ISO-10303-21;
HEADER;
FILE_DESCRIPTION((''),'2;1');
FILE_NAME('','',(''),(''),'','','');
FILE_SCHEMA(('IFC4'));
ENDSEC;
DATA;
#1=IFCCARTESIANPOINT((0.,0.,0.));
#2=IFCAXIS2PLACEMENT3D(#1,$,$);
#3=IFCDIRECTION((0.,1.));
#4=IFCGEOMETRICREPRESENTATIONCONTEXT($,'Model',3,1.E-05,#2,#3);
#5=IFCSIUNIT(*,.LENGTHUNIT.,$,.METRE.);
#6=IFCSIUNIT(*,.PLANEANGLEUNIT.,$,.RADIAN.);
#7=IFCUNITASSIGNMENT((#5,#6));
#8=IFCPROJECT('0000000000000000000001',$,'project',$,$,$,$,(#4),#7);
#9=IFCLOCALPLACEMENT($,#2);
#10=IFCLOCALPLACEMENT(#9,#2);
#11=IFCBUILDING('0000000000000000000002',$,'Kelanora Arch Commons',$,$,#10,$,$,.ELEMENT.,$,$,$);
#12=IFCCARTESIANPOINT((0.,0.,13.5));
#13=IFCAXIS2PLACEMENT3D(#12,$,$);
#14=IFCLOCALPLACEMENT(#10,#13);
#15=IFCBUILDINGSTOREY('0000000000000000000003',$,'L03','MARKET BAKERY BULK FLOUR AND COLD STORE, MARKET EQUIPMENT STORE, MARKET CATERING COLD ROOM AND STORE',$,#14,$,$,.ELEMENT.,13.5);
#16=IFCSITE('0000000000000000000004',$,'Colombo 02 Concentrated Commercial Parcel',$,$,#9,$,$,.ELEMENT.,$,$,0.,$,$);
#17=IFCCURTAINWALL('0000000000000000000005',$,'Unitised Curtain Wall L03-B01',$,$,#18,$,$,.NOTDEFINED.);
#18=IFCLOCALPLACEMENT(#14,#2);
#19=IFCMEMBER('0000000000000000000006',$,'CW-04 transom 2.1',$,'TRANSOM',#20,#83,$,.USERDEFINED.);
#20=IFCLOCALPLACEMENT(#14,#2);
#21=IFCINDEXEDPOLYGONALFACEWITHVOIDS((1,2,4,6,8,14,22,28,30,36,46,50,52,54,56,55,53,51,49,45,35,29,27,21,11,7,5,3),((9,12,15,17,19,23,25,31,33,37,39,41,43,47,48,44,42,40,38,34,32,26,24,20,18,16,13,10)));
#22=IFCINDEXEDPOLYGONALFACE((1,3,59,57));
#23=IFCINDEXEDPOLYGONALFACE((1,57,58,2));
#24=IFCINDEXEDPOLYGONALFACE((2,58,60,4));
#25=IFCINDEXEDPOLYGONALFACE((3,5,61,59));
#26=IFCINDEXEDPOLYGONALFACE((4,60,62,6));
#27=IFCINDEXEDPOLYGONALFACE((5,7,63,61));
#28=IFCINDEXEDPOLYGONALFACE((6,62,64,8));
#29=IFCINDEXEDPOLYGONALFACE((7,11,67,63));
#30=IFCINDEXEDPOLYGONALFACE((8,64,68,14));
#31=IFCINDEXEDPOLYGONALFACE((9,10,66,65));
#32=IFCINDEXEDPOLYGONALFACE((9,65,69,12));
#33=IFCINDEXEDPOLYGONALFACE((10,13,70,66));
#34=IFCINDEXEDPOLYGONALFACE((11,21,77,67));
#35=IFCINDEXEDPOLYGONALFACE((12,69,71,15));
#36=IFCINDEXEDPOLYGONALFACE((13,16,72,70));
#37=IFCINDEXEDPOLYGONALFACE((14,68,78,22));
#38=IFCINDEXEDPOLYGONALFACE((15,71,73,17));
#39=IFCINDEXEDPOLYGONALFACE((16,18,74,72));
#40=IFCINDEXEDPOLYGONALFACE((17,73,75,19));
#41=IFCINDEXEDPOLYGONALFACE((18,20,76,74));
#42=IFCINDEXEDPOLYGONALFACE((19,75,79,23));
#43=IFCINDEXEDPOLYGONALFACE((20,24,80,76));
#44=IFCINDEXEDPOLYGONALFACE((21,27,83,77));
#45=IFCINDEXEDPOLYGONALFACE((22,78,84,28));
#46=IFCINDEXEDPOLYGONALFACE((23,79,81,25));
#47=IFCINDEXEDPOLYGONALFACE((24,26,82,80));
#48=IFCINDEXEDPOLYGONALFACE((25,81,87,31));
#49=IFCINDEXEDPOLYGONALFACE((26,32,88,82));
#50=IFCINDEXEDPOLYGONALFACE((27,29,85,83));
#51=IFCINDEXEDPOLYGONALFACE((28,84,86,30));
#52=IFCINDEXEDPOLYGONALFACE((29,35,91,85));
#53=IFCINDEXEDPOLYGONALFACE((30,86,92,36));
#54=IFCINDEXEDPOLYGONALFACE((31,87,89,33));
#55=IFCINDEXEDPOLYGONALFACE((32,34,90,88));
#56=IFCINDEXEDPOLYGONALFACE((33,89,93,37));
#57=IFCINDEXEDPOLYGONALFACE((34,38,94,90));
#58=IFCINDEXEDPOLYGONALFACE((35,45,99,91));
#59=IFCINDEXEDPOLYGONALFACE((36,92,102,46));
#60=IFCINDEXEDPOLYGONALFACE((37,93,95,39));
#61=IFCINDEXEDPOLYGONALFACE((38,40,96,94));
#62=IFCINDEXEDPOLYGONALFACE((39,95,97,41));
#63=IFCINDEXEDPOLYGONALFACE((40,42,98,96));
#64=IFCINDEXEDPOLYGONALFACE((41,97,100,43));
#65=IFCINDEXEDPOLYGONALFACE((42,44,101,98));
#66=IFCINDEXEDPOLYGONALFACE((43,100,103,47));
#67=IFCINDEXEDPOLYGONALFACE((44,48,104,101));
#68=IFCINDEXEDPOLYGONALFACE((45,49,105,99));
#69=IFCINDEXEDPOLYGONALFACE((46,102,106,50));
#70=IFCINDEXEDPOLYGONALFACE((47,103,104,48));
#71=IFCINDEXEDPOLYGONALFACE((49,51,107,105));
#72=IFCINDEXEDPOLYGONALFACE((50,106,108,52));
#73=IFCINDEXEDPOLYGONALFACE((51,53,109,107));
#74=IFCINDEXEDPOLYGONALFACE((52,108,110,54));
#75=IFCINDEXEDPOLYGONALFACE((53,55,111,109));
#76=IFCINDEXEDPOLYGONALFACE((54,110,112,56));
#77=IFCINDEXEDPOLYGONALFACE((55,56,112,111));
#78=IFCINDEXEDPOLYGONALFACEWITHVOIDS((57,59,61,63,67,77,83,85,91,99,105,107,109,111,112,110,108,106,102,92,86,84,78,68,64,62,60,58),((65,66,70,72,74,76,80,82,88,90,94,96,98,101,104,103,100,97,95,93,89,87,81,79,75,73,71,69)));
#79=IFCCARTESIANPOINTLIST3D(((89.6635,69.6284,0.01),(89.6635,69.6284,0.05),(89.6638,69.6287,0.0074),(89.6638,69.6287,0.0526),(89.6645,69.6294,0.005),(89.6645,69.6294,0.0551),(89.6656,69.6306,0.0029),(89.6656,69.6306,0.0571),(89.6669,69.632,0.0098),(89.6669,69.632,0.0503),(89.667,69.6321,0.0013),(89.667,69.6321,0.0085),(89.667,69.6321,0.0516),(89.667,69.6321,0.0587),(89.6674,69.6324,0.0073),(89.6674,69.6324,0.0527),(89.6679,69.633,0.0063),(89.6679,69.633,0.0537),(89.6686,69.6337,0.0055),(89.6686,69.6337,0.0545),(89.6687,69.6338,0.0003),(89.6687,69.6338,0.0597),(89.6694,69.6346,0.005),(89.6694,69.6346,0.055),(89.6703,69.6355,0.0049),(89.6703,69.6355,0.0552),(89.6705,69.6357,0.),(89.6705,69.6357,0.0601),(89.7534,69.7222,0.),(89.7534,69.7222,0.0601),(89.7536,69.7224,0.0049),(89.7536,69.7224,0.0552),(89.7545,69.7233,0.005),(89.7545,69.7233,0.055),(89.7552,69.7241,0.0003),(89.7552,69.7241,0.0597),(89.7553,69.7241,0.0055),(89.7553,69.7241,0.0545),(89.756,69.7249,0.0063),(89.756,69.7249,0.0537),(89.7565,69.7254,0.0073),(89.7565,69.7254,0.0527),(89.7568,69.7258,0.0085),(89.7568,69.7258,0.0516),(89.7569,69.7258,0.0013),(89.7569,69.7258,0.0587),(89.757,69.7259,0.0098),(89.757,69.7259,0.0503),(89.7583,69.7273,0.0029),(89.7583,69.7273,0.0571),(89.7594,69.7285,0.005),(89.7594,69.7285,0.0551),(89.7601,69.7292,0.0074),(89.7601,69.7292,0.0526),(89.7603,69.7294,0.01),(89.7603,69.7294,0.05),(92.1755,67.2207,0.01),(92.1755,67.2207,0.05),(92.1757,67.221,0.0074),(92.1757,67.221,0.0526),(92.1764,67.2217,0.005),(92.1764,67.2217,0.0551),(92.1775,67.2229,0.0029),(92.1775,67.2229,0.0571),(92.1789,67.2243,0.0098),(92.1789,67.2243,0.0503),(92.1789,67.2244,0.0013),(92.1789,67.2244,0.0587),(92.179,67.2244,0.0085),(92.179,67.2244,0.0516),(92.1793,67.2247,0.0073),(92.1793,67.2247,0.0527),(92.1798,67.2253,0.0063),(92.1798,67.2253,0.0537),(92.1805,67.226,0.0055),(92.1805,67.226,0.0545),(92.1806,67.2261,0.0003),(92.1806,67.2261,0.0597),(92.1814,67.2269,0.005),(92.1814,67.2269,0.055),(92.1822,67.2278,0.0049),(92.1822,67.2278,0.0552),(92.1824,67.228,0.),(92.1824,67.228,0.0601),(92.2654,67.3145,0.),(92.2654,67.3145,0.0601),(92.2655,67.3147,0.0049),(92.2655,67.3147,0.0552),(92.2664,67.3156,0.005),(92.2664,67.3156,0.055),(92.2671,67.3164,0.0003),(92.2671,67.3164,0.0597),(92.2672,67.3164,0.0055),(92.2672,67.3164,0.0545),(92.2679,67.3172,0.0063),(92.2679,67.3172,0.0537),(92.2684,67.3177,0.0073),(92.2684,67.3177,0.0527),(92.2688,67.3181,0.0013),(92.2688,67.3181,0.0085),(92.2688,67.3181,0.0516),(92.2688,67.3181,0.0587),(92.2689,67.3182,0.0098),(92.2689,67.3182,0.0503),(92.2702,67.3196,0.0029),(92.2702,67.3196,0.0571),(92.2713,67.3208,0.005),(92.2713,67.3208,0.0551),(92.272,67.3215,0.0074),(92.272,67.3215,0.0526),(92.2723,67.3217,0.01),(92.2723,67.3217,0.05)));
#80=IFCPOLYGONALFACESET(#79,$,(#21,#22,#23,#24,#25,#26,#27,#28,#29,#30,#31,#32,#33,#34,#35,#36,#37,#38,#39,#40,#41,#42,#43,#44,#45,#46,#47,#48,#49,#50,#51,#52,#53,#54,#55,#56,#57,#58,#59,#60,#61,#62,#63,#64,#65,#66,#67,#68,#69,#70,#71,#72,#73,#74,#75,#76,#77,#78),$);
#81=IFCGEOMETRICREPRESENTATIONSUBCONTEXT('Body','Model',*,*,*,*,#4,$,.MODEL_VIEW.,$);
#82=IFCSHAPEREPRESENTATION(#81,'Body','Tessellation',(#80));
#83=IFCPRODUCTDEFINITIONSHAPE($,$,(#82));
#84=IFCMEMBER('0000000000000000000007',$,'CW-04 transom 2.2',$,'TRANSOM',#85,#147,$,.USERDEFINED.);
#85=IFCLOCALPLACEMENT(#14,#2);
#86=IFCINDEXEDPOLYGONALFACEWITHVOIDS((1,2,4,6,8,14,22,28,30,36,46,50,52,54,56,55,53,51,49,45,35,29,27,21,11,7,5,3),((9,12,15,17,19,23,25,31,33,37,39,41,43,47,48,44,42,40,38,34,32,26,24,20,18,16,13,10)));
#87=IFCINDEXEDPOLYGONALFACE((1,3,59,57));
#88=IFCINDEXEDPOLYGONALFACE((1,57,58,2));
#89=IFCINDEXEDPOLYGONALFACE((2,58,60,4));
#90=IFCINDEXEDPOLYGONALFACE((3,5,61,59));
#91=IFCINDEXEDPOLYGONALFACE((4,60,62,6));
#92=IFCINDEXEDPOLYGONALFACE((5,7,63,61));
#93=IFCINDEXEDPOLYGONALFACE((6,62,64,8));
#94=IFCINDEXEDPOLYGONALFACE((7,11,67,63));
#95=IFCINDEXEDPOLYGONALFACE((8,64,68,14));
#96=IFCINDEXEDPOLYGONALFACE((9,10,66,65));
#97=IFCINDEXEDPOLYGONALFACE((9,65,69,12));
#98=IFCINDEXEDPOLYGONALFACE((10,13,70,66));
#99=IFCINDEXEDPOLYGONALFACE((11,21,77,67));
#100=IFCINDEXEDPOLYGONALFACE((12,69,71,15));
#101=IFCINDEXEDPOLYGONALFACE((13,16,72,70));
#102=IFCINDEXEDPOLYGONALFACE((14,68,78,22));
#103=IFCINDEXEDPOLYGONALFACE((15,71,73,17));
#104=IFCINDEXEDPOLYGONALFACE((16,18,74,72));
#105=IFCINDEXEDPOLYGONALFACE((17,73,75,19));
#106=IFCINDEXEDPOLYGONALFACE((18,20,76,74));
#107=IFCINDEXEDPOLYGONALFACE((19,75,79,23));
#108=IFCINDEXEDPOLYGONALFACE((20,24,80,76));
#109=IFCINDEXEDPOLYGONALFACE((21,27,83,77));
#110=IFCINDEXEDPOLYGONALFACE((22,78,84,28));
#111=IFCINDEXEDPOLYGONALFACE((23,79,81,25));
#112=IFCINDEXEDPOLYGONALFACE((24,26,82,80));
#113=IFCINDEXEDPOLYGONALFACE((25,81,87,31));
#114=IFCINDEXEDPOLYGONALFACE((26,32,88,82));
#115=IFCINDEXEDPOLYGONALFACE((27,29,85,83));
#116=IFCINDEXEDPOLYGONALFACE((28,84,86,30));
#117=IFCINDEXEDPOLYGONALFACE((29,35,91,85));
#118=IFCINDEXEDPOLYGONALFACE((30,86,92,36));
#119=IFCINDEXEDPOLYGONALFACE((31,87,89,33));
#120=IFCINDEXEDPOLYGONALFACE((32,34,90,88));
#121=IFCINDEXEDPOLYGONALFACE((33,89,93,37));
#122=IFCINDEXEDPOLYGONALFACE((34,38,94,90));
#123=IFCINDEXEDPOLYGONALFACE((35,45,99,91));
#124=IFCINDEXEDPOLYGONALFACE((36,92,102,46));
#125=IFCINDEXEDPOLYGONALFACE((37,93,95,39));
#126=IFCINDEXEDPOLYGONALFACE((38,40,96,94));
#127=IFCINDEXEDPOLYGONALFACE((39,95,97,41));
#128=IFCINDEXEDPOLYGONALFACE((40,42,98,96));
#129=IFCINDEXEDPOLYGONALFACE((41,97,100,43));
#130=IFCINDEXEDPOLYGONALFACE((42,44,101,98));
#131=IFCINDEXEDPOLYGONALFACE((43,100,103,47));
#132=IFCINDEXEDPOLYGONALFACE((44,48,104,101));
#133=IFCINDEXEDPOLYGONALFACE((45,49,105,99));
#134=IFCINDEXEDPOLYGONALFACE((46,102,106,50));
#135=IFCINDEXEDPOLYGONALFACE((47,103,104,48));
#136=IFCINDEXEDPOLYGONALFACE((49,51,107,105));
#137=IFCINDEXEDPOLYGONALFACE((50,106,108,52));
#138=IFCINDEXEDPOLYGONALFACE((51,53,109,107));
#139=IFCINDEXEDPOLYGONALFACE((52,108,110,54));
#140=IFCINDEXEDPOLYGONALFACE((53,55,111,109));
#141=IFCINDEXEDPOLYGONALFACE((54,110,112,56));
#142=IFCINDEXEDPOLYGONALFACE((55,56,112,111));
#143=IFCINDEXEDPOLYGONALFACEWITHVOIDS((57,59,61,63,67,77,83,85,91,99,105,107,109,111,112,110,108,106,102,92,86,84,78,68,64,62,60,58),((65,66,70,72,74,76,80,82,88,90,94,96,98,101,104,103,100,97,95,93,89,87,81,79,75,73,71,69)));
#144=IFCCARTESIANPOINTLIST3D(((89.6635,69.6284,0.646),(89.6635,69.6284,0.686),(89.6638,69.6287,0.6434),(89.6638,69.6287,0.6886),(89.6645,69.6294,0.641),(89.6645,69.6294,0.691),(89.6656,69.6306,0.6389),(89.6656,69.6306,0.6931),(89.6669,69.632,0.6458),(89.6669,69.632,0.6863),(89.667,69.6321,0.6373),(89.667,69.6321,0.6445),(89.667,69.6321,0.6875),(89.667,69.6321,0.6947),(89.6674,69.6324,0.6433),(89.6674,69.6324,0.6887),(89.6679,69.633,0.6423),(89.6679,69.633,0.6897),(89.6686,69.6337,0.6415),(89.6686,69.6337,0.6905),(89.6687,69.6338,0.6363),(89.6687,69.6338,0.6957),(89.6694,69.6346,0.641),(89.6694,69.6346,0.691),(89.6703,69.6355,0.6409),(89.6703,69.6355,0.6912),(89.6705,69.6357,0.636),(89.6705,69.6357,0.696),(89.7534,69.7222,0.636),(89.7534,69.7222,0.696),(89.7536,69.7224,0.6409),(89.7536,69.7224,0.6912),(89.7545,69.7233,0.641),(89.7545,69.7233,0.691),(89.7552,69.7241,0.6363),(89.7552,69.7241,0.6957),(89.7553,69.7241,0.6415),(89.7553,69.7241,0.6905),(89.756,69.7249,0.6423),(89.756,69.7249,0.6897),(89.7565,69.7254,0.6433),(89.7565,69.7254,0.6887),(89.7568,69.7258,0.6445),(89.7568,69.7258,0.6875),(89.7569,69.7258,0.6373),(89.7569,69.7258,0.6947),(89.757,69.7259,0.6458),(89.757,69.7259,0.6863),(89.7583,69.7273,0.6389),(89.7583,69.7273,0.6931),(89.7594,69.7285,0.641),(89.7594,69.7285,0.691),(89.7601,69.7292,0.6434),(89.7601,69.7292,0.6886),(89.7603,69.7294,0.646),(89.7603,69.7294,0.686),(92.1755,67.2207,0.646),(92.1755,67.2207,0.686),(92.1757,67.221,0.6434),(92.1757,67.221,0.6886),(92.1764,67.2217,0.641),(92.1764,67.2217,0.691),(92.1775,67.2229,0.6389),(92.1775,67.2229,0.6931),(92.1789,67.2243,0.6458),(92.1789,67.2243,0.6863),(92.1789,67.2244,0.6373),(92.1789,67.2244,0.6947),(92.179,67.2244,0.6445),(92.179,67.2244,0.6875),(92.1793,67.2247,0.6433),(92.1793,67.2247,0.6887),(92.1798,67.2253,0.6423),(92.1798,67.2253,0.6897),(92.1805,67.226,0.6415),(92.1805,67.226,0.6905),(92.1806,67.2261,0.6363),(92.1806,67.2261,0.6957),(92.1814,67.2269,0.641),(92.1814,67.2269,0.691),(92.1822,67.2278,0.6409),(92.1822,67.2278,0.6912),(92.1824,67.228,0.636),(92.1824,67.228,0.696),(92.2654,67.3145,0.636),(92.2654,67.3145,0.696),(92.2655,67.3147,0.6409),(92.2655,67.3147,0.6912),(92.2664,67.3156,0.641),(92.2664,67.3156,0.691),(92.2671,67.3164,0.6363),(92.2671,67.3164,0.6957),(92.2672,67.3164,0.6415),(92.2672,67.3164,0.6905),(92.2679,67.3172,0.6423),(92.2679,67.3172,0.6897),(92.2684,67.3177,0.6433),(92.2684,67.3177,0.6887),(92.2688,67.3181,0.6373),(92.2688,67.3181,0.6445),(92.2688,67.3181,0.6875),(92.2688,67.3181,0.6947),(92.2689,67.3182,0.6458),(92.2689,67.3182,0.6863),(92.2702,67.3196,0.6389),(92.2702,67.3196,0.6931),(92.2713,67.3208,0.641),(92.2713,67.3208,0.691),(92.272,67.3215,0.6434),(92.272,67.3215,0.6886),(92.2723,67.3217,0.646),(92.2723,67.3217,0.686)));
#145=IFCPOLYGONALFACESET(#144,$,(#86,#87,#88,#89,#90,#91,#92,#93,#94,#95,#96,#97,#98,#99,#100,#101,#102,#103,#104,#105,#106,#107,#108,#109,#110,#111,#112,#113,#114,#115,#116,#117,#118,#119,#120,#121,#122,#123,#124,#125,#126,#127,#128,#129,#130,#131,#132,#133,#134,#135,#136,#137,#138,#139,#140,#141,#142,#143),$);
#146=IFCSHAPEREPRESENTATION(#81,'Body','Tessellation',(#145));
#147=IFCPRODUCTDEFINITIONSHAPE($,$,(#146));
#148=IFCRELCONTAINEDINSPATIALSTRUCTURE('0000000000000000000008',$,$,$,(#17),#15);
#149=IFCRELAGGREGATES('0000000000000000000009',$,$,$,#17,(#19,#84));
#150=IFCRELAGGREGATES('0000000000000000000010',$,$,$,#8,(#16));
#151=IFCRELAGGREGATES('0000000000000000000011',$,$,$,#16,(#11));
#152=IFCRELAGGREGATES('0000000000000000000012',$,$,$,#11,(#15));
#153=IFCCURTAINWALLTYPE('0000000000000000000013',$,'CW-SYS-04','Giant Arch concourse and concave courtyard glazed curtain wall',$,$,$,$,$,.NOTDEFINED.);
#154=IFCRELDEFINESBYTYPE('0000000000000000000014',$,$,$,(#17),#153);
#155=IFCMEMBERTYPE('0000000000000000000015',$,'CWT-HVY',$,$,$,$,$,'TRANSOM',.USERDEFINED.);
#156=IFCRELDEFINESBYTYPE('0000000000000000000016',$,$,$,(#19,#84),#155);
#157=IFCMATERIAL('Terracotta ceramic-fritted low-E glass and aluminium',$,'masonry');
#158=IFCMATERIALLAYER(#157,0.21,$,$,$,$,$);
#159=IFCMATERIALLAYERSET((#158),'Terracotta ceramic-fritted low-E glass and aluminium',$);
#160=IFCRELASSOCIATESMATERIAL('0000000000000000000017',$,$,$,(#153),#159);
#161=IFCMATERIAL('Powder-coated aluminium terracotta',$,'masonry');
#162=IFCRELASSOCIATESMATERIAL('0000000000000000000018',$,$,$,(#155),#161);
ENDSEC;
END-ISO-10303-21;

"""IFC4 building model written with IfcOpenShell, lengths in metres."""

from ifc_helpers import new_model, si_unit, direction, frame, origin, origin_2d, place, context, subcontext, project, spatial, hollow_rectangle, extrude, material, layer, layer_set, material_profile, profile_set, type_object, element, aggregate, save


model = new_model("IFC4")

# Units and contexts
model_context = context("Model", 3, precision=1e-05, world=origin(), true_north=direction((0.0, 1.0)))
body_context = subcontext(model_context, "Body", "Model", "MODEL_VIEW")
ifc_project = project(units=[si_unit("LENGTHUNIT", "METRE"), si_unit("PLANEANGLEUNIT", "RADIAN")], contexts=[model_context])

# Site, building, storey
site_placement = place(None, origin())
site = spatial("IfcSite", under=ifc_project, at=site_placement, Name="Colombo 02 Concentrated Commercial Parcel", CompositionType="ELEMENT", RefElevation=0.0)
building_placement = place(site_placement, origin())
building = spatial("IfcBuilding", under=site, at=building_placement, Name="Kelanora Arch Commons", CompositionType="ELEMENT")
storey_placement = place(building_placement, frame((0.0, 0.0, 13.5)))
storey = spatial("IfcBuildingStorey", under=building, at=storey_placement, Name="L03", Description="MARKET BAKERY BULK FLOUR AND COLD STORE, MARKET EQUIPMENT STORE, MARKET CATERING COLD ROOM AND STORE", CompositionType="ELEMENT", Elevation=13.5)

# Curtain wall
ifc_material_1 = material(Name="Terracotta ceramic-fritted low-E glass and aluminium", Category="masonry")
ifc_layer_1 = layer(ifc_material_1, 0.21)
ifc_layer_set_1 = layer_set([ifc_layer_1], Name="Terracotta ceramic-fritted low-E glass and aluminium")
curtain_wall_type = type_object("IfcCurtainWallType", Name="CW-SYS-04", Description="Giant Arch concourse and concave courtyard glazed curtain wall", PredefinedType="NOTDEFINED", material=ifc_layer_set_1)
curtain_wall_1_placement = place(storey_placement, origin())
curtain_wall_1 = element("IfcCurtainWall", 1, at=curtain_wall_1_placement, inside=storey, type_object=curtain_wall_type, Name="Unitised Curtain Wall L03-B01", PredefinedType="NOTDEFINED")
ifc_material_2 = material(Name="Powder-coated aluminium terracotta", Category="masonry")

# Members
ifc_material_profile_1 = material_profile(ifc_material_2, hollow_rectangle(XDim=0.1399, YDim=0.0601, WallThickness=0.0049, InnerFilletRadius=0.0049, OuterFilletRadius=0.01, at=origin_2d()), Name="CWT140x60")
ifc_profile_set_1 = profile_set([ifc_material_profile_1], Name="Powder-coated aluminium terracotta")
member_type_1 = type_object("IfcMemberType", Name="CWT-HVY", ElementType="TRANSOM", PredefinedType="USERDEFINED", material=ifc_profile_set_1)
member_1_placement = place(storey_placement, frame((92.2239, 67.2712, 0.03), z_axis=(-0.721928, 0.691968, 0.0), x_axis=(-0.691968, -0.721928, 0.0)))
member_1 = element("IfcMember", 2, at=member_1_placement, type_object=member_type_1, Name="CW-04 transom 2.1", ObjectType="TRANSOM", PredefinedType="USERDEFINED", context=body_context, shape_type="SweptSolid", body=[
    extrude(hollow_rectangle(XDim=0.1399, YDim=0.0601, WallThickness=0.0049, InnerFilletRadius=0.0049, OuterFilletRadius=0.01, at=origin_2d()), origin(), (0.0, 0.0, 1.0), 3.4795),
])
member_2_placement = place(storey_placement, frame((92.2239, 67.2712, 0.666), z_axis=(-0.721928, 0.691968, 0.0), x_axis=(-0.691968, -0.721928, 0.0)))
member_2 = element("IfcMember", 3, at=member_2_placement, type_object=member_type_1, Name="CW-04 transom 2.2", ObjectType="TRANSOM", PredefinedType="USERDEFINED", context=body_context, shape_type="SweptSolid", body=[
    extrude(hollow_rectangle(XDim=0.1399, YDim=0.0601, WallThickness=0.0049, InnerFilletRadius=0.0049, OuterFilletRadius=0.01, at=origin_2d()), origin(), (0.0, 0.0, 1.0), 3.4795),
])

aggregate(curtain_wall_1, [member_1, member_2])

save(model, "model.ifc")
